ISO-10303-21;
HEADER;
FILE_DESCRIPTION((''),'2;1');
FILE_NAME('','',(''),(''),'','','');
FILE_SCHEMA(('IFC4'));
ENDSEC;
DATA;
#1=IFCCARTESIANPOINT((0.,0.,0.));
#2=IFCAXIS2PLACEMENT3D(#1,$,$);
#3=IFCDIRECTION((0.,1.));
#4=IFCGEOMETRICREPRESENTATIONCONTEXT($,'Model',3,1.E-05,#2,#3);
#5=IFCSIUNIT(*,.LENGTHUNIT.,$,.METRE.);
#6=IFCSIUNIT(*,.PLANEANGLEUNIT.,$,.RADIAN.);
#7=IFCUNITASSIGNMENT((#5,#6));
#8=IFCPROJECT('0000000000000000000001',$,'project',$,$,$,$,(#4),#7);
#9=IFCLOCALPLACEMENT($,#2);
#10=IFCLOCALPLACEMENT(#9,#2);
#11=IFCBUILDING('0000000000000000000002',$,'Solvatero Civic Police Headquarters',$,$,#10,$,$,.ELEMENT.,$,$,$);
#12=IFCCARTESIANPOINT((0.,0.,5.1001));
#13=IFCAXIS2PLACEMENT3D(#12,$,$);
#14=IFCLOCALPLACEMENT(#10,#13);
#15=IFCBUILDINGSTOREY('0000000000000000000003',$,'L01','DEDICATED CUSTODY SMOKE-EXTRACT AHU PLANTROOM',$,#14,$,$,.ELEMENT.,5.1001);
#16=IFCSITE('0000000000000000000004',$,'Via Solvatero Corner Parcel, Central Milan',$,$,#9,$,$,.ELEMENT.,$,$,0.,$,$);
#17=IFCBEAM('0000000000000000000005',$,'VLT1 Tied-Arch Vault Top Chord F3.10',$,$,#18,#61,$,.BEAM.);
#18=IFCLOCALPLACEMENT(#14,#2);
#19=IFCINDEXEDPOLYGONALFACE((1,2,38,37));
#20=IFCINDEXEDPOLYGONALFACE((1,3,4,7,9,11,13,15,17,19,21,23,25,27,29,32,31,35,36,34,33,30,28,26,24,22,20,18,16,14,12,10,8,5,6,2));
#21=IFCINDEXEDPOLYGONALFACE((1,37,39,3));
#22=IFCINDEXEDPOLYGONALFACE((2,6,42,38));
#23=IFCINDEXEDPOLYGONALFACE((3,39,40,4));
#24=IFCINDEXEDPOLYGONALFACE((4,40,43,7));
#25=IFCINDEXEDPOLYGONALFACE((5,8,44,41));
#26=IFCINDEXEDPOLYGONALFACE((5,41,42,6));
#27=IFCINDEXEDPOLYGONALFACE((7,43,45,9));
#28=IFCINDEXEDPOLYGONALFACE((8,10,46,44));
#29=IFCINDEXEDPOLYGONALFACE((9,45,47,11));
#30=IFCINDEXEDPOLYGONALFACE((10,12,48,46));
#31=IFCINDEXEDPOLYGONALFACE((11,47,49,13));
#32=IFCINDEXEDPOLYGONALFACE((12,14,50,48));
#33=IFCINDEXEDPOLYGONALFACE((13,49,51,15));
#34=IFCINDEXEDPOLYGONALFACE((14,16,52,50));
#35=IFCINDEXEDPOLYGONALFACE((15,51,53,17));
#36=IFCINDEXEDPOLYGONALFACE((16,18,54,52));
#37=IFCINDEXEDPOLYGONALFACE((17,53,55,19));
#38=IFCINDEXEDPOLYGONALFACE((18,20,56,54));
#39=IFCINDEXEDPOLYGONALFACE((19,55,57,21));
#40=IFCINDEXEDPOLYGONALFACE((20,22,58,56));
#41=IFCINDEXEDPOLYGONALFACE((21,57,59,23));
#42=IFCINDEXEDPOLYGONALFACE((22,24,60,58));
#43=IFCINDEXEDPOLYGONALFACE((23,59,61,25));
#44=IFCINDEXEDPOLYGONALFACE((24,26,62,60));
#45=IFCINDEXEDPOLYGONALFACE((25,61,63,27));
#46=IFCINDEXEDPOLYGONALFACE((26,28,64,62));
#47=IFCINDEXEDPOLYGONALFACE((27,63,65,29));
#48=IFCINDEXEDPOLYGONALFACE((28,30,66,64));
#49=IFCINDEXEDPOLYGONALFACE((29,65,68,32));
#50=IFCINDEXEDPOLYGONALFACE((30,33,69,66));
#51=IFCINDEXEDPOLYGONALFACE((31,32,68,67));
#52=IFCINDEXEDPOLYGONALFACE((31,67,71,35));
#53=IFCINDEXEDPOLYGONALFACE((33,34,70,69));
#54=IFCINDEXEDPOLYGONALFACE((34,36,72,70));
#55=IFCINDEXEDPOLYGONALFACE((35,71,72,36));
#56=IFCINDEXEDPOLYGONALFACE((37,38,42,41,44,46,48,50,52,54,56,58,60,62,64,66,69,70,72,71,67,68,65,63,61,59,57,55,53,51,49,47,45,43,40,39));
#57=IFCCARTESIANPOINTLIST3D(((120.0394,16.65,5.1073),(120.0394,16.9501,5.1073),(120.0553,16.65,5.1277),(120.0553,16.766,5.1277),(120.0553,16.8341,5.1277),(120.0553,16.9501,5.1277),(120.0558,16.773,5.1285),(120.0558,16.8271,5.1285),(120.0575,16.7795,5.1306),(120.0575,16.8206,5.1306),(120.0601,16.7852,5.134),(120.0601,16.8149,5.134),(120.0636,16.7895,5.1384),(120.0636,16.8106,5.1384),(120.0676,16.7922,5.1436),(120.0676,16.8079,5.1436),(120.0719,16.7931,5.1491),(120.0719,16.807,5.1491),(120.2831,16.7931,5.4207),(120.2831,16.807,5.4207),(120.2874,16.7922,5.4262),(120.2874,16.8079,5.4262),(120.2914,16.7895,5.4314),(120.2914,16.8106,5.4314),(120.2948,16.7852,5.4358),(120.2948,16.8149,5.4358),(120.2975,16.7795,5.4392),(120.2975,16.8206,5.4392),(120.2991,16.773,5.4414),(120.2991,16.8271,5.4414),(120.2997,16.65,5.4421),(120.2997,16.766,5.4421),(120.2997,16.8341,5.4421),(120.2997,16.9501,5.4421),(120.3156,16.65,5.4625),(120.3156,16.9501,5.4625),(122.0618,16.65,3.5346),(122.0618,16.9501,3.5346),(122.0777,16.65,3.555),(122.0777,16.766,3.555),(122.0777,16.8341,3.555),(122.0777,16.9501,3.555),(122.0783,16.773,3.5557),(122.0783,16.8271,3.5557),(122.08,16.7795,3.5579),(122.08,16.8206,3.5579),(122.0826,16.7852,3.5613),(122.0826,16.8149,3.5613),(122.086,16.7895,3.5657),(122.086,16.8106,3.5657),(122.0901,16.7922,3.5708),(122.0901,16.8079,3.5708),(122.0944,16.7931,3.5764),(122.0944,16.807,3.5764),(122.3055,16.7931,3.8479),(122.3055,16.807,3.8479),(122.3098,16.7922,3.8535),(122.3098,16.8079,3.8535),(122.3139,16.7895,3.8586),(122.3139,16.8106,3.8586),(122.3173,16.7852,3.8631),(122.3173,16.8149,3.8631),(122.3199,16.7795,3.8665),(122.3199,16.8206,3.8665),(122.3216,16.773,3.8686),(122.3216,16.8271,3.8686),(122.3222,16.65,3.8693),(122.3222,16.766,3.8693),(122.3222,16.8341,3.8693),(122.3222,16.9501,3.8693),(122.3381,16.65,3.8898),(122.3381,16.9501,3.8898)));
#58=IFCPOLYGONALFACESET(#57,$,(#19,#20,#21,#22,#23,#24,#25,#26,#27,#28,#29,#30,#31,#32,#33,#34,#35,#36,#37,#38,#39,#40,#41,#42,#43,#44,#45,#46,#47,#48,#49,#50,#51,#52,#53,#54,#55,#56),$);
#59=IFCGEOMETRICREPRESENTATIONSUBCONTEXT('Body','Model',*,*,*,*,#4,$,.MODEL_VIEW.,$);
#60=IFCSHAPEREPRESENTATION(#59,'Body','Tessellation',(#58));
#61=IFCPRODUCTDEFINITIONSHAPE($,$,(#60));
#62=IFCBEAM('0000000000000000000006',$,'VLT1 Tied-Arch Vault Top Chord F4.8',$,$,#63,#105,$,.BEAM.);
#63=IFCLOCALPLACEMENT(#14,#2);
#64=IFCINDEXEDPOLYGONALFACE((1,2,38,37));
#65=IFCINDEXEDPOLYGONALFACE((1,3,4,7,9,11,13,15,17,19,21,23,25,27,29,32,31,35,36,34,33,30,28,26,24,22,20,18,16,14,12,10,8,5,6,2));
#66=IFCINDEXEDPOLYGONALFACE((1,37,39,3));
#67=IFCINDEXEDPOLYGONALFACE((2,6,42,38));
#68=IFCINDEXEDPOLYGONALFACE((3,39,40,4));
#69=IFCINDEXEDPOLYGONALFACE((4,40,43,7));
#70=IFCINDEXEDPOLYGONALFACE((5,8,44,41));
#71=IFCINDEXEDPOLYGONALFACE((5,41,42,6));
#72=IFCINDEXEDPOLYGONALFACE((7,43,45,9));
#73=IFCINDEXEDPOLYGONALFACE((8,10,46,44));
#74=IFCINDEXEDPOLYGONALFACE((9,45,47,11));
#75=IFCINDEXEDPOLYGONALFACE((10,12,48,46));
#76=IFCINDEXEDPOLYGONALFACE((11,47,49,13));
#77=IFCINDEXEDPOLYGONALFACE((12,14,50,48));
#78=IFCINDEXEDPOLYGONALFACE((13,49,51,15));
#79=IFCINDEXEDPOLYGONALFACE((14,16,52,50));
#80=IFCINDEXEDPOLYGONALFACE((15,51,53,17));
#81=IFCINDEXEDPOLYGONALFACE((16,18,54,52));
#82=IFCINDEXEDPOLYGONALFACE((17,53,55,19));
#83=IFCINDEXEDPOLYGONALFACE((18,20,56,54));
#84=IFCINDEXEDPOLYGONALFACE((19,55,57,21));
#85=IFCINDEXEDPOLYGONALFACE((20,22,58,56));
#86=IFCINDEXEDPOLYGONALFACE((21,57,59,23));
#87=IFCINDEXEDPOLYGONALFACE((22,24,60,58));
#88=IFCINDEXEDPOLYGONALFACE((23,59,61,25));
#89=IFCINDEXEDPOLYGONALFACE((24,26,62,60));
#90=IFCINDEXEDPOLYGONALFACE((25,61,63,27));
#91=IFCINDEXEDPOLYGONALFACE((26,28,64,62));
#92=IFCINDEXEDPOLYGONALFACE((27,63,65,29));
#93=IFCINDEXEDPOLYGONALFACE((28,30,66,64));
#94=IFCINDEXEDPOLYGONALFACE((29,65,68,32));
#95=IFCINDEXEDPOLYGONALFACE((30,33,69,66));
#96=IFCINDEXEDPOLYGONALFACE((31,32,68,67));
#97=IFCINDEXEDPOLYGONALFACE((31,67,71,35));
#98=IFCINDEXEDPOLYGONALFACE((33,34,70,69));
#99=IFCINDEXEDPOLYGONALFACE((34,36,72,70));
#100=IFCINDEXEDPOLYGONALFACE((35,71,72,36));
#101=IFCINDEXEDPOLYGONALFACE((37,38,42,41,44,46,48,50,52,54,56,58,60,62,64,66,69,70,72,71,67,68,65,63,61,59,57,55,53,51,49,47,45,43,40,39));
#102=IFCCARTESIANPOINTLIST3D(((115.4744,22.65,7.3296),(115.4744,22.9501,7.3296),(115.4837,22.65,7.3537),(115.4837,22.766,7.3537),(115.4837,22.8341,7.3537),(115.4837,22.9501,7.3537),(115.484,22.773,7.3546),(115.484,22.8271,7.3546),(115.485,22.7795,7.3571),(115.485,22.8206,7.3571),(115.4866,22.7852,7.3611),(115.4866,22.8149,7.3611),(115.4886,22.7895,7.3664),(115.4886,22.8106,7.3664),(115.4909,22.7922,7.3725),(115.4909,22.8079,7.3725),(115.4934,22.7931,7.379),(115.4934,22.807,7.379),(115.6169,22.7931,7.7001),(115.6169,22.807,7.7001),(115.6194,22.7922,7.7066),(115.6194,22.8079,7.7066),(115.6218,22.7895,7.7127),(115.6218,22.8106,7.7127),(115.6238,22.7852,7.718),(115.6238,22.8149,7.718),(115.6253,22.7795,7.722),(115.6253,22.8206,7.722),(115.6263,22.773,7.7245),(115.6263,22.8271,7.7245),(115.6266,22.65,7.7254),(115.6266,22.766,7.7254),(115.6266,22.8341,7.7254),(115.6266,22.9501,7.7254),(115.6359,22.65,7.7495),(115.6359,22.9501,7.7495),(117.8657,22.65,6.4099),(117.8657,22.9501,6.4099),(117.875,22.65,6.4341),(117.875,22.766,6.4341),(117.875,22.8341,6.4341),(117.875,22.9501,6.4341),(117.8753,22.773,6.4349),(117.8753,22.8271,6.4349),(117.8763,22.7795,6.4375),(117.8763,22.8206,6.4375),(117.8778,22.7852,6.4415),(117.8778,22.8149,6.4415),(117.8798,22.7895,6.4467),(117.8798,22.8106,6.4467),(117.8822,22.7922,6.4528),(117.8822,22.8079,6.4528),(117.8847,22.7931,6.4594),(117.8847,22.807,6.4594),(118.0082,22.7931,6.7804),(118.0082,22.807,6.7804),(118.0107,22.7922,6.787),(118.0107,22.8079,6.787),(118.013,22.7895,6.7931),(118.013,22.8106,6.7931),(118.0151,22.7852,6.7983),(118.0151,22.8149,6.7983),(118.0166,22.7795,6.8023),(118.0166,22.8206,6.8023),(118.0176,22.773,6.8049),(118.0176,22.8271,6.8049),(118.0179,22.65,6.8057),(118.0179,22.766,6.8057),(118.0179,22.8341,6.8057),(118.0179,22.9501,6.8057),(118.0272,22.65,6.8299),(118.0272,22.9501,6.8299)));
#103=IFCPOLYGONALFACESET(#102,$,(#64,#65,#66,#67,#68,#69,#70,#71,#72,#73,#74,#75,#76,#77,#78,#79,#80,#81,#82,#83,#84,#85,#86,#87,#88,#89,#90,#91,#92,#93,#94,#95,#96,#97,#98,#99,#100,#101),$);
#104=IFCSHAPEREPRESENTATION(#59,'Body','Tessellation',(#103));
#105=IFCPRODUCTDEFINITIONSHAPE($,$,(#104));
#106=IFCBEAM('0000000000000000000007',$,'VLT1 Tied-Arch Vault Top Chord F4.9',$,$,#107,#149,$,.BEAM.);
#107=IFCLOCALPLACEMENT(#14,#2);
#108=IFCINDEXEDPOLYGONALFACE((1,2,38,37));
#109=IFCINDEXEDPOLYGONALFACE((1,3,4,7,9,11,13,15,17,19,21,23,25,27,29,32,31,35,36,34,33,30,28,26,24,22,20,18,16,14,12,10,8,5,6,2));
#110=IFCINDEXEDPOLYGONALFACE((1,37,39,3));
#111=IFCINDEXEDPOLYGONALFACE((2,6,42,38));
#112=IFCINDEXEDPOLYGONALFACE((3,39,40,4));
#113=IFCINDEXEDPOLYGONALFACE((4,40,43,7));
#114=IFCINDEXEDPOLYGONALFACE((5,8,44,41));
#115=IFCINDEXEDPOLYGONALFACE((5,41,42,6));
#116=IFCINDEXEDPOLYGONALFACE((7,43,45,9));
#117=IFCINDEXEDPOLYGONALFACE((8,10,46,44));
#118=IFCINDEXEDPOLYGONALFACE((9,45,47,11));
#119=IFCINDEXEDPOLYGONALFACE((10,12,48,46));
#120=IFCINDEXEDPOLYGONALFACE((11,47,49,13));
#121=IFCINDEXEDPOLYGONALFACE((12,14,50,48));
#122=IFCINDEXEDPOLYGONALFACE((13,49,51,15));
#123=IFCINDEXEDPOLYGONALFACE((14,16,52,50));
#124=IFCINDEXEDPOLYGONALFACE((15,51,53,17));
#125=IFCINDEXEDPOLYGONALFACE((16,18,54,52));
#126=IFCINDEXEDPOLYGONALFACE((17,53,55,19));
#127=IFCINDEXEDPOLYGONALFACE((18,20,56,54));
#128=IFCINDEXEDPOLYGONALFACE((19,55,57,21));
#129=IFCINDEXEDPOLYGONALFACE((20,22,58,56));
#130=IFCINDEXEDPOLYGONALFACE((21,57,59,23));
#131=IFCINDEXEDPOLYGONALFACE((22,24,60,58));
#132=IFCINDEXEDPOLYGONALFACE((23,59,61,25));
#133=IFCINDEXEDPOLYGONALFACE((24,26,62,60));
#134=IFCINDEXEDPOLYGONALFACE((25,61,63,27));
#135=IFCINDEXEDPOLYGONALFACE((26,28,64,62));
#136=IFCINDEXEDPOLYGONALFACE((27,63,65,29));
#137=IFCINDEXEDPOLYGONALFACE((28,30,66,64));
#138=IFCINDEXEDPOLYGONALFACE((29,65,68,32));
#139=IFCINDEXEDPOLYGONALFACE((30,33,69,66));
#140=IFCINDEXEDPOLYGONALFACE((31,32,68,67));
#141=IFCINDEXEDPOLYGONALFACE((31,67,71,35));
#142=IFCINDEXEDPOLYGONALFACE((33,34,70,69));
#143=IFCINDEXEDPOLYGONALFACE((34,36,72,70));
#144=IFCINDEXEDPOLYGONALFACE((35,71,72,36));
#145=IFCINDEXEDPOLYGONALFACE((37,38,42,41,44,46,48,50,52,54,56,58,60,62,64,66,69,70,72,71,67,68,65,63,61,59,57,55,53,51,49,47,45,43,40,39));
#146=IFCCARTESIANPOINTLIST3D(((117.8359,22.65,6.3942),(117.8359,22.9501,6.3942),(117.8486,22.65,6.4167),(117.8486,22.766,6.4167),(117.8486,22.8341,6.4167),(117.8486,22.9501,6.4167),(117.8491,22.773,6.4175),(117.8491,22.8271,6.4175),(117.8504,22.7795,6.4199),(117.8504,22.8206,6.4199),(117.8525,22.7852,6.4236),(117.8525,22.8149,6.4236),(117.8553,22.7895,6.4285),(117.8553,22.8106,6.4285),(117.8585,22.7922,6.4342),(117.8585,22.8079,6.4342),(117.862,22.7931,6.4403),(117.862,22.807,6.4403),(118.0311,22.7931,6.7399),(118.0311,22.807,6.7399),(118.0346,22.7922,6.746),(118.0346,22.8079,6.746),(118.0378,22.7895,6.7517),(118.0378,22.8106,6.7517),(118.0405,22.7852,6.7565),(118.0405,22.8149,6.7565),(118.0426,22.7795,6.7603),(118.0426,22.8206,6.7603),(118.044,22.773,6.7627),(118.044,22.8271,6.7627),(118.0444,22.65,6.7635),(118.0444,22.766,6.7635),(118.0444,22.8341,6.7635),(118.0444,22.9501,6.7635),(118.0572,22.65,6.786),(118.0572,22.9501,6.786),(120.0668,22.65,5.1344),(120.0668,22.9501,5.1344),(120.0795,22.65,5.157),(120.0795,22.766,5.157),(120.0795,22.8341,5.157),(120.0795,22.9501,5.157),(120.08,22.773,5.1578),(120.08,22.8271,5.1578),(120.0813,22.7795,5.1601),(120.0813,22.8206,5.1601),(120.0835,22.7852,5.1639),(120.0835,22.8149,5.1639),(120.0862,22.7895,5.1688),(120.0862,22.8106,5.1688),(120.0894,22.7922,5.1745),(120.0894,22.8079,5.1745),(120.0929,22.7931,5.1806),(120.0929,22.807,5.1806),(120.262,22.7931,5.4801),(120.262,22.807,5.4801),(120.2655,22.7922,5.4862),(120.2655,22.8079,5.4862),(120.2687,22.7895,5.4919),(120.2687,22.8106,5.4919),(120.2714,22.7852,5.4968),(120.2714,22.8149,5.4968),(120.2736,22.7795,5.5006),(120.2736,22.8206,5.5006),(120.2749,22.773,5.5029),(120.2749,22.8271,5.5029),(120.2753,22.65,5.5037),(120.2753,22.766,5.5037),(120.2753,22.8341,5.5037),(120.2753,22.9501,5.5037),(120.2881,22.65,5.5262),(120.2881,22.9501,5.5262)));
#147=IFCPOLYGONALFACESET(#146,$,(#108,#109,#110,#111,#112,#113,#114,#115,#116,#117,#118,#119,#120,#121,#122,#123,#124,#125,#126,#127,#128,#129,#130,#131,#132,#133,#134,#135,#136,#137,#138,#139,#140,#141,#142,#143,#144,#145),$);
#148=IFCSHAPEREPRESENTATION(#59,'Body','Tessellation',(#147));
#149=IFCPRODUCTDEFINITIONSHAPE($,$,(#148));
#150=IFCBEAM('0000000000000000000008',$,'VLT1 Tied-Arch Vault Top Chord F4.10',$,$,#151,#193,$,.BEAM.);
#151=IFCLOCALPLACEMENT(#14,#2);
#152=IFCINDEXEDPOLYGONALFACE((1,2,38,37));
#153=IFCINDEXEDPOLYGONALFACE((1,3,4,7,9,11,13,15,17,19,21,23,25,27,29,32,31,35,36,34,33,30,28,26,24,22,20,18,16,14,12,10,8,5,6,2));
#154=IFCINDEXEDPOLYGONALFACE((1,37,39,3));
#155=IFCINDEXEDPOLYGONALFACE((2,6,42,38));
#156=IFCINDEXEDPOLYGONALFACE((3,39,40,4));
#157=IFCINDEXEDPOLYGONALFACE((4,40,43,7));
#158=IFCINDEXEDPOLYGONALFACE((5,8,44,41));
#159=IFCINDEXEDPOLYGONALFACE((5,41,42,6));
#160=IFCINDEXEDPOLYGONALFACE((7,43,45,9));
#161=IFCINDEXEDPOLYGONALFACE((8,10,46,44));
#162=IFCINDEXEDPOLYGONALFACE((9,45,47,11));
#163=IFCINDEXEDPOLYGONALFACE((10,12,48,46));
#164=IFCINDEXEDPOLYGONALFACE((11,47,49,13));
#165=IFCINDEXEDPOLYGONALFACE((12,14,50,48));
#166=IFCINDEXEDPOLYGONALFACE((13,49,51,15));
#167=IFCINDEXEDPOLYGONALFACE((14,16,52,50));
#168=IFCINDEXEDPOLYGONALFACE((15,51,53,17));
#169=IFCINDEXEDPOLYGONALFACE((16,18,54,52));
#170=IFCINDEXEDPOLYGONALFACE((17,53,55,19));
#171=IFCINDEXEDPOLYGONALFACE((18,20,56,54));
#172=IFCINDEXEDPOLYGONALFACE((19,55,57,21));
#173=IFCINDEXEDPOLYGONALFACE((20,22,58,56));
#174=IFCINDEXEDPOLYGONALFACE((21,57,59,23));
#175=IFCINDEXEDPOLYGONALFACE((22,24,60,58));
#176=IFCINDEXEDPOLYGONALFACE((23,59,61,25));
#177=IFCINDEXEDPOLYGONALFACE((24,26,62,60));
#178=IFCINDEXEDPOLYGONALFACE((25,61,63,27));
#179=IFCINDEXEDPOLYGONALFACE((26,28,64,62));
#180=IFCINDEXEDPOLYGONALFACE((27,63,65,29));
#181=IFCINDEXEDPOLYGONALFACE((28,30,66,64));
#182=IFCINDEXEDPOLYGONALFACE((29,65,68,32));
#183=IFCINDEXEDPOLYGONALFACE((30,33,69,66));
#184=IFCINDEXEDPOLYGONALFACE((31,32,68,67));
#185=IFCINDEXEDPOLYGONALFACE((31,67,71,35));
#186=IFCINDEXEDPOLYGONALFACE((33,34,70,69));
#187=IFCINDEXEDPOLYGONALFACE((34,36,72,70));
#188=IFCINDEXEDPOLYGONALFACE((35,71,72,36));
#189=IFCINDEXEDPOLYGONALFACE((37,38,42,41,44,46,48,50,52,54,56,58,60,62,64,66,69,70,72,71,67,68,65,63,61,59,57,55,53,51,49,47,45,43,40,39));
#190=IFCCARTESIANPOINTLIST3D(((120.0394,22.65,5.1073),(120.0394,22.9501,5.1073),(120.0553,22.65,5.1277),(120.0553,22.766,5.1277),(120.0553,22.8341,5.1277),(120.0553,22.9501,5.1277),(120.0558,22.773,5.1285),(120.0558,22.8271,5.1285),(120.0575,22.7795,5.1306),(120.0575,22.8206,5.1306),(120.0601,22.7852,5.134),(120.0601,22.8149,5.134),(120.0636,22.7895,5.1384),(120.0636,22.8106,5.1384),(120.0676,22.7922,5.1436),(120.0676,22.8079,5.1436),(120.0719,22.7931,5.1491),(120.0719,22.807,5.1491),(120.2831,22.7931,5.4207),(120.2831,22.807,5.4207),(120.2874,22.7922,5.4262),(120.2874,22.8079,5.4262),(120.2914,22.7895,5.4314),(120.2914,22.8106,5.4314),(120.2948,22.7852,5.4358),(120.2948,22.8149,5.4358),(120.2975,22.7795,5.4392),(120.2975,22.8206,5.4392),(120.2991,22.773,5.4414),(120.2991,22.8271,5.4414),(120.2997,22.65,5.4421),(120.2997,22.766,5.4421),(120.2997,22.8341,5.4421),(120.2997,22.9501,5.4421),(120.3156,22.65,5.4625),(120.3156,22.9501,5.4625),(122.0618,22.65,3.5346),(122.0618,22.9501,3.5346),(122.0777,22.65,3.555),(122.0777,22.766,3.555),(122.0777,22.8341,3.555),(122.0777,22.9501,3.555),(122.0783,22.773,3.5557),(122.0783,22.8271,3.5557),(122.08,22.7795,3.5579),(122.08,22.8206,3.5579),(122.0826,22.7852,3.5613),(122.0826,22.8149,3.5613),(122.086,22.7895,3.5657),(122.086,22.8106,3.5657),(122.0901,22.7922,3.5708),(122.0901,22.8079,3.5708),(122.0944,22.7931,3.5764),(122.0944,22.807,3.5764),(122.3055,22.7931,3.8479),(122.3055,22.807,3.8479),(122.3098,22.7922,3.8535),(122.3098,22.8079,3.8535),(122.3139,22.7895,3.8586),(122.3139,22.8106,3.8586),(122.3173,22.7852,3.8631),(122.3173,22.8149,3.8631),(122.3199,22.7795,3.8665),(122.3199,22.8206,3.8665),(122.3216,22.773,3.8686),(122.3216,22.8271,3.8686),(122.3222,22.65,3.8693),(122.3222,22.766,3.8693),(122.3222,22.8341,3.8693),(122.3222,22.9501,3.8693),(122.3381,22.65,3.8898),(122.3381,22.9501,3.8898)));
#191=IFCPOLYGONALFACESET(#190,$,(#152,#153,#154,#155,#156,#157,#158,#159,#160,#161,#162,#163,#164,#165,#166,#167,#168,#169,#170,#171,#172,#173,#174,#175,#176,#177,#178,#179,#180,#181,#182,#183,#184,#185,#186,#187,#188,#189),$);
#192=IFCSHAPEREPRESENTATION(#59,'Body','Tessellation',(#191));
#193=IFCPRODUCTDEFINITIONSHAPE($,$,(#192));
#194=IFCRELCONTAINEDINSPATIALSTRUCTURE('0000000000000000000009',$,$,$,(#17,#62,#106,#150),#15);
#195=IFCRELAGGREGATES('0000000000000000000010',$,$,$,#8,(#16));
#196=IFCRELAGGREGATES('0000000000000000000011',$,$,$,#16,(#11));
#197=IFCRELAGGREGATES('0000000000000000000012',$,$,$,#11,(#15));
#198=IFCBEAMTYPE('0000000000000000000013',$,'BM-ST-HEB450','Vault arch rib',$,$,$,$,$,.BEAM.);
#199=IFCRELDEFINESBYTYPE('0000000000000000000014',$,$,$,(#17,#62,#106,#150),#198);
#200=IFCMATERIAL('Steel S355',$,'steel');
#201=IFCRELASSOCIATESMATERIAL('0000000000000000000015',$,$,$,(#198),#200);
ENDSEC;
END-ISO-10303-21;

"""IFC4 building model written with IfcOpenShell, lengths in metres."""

from ifc_helpers import new_model, si_unit, direction, frame, origin, origin_2d, place, context, subcontext, project, spatial, i_section, extrude, material, material_profile, profile_set, type_object, element, save


model = new_model("IFC4")

# Units and contexts
model_context = context("Model", 3, precision=1e-05, world=origin(), true_north=direction((0.0, 1.0)))
body_context = subcontext(model_context, "Body", "Model", "MODEL_VIEW")
ifc_project = project(units=[si_unit("LENGTHUNIT", "METRE"), si_unit("PLANEANGLEUNIT", "RADIAN")], contexts=[model_context])

# Site, building, storey
site_placement = place(None, origin())
site = spatial("IfcSite", under=ifc_project, at=site_placement, Name="Via Solvatero Corner Parcel, Central Milan", CompositionType="ELEMENT", RefElevation=0.0)
building_placement = place(site_placement, origin())
building = spatial("IfcBuilding", under=site, at=building_placement, Name="Solvatero Civic Police Headquarters", CompositionType="ELEMENT")
storey_placement = place(building_placement, frame((0.0, 0.0, 5.1001)))
storey = spatial("IfcBuildingStorey", under=building, at=storey_placement, Name="L01", Description="DEDICATED CUSTODY SMOKE-EXTRACT AHU PLANTROOM", CompositionType="ELEMENT", Elevation=5.1001)

# Beams
ifc_material = material(Name="Steel S355", Category="steel")
ifc_material_profile_1 = material_profile(ifc_material, i_section(OverallWidth=0.3, OverallDepth=0.45, WebThickness=0.0139, FlangeThickness=0.0259, FilletRadius=0.0271, at=origin_2d()), Name="HEB 450")
ifc_profile_set_1 = profile_set([ifc_material_profile_1], Name="Steel S355")
beam_type_1 = type_object("IfcBeamType", Name="BM-ST-HEB450", Description="Vault arch rib", PredefinedType="BEAM", material=ifc_profile_set_1)
for number, where, z_axis, x_axis, name in (
    (1, (120.1775, 16.8, 5.2849), (0.789404, 0.0, -0.613875), (0.0, 1.0, 0.0), "VLT1 Tied-Arch Vault Top Chord F3.10"),
    (2, (115.5552, 22.8, 7.5396), (0.933355, 0.0, -0.358954), (0.0, 1.0, 0.0), "VLT1 Tied-Arch Vault Top Chord F4.8"),
    (3, (117.9465, 22.8, 6.5901), (0.870765, 0.0, -0.491699), (0.0, 1.0, 0.0), "VLT1 Tied-Arch Vault Top Chord F4.9"),
    (4, (120.1775, 22.8, 5.2849), (0.789404, 0.0, -0.613875), (0.0, 1.0, 0.0), "VLT1 Tied-Arch Vault Top Chord F4.10"),
):
    element("IfcBeam", number, at=place(storey_placement, frame(where, z_axis=z_axis, x_axis=x_axis)), inside=storey, type_object=beam_type_1, Name=name, PredefinedType="BEAM", context=body_context, shape_type="SweptSolid", body=[
        extrude(i_section(OverallWidth=0.3, OverallDepth=0.45, WebThickness=0.0139, FlangeThickness=0.0259, FilletRadius=0.0271, at=origin_2d()), origin(), (0.0, 0.0, 1.0), 2.562),
    ])

save(model, "model.ifc")
